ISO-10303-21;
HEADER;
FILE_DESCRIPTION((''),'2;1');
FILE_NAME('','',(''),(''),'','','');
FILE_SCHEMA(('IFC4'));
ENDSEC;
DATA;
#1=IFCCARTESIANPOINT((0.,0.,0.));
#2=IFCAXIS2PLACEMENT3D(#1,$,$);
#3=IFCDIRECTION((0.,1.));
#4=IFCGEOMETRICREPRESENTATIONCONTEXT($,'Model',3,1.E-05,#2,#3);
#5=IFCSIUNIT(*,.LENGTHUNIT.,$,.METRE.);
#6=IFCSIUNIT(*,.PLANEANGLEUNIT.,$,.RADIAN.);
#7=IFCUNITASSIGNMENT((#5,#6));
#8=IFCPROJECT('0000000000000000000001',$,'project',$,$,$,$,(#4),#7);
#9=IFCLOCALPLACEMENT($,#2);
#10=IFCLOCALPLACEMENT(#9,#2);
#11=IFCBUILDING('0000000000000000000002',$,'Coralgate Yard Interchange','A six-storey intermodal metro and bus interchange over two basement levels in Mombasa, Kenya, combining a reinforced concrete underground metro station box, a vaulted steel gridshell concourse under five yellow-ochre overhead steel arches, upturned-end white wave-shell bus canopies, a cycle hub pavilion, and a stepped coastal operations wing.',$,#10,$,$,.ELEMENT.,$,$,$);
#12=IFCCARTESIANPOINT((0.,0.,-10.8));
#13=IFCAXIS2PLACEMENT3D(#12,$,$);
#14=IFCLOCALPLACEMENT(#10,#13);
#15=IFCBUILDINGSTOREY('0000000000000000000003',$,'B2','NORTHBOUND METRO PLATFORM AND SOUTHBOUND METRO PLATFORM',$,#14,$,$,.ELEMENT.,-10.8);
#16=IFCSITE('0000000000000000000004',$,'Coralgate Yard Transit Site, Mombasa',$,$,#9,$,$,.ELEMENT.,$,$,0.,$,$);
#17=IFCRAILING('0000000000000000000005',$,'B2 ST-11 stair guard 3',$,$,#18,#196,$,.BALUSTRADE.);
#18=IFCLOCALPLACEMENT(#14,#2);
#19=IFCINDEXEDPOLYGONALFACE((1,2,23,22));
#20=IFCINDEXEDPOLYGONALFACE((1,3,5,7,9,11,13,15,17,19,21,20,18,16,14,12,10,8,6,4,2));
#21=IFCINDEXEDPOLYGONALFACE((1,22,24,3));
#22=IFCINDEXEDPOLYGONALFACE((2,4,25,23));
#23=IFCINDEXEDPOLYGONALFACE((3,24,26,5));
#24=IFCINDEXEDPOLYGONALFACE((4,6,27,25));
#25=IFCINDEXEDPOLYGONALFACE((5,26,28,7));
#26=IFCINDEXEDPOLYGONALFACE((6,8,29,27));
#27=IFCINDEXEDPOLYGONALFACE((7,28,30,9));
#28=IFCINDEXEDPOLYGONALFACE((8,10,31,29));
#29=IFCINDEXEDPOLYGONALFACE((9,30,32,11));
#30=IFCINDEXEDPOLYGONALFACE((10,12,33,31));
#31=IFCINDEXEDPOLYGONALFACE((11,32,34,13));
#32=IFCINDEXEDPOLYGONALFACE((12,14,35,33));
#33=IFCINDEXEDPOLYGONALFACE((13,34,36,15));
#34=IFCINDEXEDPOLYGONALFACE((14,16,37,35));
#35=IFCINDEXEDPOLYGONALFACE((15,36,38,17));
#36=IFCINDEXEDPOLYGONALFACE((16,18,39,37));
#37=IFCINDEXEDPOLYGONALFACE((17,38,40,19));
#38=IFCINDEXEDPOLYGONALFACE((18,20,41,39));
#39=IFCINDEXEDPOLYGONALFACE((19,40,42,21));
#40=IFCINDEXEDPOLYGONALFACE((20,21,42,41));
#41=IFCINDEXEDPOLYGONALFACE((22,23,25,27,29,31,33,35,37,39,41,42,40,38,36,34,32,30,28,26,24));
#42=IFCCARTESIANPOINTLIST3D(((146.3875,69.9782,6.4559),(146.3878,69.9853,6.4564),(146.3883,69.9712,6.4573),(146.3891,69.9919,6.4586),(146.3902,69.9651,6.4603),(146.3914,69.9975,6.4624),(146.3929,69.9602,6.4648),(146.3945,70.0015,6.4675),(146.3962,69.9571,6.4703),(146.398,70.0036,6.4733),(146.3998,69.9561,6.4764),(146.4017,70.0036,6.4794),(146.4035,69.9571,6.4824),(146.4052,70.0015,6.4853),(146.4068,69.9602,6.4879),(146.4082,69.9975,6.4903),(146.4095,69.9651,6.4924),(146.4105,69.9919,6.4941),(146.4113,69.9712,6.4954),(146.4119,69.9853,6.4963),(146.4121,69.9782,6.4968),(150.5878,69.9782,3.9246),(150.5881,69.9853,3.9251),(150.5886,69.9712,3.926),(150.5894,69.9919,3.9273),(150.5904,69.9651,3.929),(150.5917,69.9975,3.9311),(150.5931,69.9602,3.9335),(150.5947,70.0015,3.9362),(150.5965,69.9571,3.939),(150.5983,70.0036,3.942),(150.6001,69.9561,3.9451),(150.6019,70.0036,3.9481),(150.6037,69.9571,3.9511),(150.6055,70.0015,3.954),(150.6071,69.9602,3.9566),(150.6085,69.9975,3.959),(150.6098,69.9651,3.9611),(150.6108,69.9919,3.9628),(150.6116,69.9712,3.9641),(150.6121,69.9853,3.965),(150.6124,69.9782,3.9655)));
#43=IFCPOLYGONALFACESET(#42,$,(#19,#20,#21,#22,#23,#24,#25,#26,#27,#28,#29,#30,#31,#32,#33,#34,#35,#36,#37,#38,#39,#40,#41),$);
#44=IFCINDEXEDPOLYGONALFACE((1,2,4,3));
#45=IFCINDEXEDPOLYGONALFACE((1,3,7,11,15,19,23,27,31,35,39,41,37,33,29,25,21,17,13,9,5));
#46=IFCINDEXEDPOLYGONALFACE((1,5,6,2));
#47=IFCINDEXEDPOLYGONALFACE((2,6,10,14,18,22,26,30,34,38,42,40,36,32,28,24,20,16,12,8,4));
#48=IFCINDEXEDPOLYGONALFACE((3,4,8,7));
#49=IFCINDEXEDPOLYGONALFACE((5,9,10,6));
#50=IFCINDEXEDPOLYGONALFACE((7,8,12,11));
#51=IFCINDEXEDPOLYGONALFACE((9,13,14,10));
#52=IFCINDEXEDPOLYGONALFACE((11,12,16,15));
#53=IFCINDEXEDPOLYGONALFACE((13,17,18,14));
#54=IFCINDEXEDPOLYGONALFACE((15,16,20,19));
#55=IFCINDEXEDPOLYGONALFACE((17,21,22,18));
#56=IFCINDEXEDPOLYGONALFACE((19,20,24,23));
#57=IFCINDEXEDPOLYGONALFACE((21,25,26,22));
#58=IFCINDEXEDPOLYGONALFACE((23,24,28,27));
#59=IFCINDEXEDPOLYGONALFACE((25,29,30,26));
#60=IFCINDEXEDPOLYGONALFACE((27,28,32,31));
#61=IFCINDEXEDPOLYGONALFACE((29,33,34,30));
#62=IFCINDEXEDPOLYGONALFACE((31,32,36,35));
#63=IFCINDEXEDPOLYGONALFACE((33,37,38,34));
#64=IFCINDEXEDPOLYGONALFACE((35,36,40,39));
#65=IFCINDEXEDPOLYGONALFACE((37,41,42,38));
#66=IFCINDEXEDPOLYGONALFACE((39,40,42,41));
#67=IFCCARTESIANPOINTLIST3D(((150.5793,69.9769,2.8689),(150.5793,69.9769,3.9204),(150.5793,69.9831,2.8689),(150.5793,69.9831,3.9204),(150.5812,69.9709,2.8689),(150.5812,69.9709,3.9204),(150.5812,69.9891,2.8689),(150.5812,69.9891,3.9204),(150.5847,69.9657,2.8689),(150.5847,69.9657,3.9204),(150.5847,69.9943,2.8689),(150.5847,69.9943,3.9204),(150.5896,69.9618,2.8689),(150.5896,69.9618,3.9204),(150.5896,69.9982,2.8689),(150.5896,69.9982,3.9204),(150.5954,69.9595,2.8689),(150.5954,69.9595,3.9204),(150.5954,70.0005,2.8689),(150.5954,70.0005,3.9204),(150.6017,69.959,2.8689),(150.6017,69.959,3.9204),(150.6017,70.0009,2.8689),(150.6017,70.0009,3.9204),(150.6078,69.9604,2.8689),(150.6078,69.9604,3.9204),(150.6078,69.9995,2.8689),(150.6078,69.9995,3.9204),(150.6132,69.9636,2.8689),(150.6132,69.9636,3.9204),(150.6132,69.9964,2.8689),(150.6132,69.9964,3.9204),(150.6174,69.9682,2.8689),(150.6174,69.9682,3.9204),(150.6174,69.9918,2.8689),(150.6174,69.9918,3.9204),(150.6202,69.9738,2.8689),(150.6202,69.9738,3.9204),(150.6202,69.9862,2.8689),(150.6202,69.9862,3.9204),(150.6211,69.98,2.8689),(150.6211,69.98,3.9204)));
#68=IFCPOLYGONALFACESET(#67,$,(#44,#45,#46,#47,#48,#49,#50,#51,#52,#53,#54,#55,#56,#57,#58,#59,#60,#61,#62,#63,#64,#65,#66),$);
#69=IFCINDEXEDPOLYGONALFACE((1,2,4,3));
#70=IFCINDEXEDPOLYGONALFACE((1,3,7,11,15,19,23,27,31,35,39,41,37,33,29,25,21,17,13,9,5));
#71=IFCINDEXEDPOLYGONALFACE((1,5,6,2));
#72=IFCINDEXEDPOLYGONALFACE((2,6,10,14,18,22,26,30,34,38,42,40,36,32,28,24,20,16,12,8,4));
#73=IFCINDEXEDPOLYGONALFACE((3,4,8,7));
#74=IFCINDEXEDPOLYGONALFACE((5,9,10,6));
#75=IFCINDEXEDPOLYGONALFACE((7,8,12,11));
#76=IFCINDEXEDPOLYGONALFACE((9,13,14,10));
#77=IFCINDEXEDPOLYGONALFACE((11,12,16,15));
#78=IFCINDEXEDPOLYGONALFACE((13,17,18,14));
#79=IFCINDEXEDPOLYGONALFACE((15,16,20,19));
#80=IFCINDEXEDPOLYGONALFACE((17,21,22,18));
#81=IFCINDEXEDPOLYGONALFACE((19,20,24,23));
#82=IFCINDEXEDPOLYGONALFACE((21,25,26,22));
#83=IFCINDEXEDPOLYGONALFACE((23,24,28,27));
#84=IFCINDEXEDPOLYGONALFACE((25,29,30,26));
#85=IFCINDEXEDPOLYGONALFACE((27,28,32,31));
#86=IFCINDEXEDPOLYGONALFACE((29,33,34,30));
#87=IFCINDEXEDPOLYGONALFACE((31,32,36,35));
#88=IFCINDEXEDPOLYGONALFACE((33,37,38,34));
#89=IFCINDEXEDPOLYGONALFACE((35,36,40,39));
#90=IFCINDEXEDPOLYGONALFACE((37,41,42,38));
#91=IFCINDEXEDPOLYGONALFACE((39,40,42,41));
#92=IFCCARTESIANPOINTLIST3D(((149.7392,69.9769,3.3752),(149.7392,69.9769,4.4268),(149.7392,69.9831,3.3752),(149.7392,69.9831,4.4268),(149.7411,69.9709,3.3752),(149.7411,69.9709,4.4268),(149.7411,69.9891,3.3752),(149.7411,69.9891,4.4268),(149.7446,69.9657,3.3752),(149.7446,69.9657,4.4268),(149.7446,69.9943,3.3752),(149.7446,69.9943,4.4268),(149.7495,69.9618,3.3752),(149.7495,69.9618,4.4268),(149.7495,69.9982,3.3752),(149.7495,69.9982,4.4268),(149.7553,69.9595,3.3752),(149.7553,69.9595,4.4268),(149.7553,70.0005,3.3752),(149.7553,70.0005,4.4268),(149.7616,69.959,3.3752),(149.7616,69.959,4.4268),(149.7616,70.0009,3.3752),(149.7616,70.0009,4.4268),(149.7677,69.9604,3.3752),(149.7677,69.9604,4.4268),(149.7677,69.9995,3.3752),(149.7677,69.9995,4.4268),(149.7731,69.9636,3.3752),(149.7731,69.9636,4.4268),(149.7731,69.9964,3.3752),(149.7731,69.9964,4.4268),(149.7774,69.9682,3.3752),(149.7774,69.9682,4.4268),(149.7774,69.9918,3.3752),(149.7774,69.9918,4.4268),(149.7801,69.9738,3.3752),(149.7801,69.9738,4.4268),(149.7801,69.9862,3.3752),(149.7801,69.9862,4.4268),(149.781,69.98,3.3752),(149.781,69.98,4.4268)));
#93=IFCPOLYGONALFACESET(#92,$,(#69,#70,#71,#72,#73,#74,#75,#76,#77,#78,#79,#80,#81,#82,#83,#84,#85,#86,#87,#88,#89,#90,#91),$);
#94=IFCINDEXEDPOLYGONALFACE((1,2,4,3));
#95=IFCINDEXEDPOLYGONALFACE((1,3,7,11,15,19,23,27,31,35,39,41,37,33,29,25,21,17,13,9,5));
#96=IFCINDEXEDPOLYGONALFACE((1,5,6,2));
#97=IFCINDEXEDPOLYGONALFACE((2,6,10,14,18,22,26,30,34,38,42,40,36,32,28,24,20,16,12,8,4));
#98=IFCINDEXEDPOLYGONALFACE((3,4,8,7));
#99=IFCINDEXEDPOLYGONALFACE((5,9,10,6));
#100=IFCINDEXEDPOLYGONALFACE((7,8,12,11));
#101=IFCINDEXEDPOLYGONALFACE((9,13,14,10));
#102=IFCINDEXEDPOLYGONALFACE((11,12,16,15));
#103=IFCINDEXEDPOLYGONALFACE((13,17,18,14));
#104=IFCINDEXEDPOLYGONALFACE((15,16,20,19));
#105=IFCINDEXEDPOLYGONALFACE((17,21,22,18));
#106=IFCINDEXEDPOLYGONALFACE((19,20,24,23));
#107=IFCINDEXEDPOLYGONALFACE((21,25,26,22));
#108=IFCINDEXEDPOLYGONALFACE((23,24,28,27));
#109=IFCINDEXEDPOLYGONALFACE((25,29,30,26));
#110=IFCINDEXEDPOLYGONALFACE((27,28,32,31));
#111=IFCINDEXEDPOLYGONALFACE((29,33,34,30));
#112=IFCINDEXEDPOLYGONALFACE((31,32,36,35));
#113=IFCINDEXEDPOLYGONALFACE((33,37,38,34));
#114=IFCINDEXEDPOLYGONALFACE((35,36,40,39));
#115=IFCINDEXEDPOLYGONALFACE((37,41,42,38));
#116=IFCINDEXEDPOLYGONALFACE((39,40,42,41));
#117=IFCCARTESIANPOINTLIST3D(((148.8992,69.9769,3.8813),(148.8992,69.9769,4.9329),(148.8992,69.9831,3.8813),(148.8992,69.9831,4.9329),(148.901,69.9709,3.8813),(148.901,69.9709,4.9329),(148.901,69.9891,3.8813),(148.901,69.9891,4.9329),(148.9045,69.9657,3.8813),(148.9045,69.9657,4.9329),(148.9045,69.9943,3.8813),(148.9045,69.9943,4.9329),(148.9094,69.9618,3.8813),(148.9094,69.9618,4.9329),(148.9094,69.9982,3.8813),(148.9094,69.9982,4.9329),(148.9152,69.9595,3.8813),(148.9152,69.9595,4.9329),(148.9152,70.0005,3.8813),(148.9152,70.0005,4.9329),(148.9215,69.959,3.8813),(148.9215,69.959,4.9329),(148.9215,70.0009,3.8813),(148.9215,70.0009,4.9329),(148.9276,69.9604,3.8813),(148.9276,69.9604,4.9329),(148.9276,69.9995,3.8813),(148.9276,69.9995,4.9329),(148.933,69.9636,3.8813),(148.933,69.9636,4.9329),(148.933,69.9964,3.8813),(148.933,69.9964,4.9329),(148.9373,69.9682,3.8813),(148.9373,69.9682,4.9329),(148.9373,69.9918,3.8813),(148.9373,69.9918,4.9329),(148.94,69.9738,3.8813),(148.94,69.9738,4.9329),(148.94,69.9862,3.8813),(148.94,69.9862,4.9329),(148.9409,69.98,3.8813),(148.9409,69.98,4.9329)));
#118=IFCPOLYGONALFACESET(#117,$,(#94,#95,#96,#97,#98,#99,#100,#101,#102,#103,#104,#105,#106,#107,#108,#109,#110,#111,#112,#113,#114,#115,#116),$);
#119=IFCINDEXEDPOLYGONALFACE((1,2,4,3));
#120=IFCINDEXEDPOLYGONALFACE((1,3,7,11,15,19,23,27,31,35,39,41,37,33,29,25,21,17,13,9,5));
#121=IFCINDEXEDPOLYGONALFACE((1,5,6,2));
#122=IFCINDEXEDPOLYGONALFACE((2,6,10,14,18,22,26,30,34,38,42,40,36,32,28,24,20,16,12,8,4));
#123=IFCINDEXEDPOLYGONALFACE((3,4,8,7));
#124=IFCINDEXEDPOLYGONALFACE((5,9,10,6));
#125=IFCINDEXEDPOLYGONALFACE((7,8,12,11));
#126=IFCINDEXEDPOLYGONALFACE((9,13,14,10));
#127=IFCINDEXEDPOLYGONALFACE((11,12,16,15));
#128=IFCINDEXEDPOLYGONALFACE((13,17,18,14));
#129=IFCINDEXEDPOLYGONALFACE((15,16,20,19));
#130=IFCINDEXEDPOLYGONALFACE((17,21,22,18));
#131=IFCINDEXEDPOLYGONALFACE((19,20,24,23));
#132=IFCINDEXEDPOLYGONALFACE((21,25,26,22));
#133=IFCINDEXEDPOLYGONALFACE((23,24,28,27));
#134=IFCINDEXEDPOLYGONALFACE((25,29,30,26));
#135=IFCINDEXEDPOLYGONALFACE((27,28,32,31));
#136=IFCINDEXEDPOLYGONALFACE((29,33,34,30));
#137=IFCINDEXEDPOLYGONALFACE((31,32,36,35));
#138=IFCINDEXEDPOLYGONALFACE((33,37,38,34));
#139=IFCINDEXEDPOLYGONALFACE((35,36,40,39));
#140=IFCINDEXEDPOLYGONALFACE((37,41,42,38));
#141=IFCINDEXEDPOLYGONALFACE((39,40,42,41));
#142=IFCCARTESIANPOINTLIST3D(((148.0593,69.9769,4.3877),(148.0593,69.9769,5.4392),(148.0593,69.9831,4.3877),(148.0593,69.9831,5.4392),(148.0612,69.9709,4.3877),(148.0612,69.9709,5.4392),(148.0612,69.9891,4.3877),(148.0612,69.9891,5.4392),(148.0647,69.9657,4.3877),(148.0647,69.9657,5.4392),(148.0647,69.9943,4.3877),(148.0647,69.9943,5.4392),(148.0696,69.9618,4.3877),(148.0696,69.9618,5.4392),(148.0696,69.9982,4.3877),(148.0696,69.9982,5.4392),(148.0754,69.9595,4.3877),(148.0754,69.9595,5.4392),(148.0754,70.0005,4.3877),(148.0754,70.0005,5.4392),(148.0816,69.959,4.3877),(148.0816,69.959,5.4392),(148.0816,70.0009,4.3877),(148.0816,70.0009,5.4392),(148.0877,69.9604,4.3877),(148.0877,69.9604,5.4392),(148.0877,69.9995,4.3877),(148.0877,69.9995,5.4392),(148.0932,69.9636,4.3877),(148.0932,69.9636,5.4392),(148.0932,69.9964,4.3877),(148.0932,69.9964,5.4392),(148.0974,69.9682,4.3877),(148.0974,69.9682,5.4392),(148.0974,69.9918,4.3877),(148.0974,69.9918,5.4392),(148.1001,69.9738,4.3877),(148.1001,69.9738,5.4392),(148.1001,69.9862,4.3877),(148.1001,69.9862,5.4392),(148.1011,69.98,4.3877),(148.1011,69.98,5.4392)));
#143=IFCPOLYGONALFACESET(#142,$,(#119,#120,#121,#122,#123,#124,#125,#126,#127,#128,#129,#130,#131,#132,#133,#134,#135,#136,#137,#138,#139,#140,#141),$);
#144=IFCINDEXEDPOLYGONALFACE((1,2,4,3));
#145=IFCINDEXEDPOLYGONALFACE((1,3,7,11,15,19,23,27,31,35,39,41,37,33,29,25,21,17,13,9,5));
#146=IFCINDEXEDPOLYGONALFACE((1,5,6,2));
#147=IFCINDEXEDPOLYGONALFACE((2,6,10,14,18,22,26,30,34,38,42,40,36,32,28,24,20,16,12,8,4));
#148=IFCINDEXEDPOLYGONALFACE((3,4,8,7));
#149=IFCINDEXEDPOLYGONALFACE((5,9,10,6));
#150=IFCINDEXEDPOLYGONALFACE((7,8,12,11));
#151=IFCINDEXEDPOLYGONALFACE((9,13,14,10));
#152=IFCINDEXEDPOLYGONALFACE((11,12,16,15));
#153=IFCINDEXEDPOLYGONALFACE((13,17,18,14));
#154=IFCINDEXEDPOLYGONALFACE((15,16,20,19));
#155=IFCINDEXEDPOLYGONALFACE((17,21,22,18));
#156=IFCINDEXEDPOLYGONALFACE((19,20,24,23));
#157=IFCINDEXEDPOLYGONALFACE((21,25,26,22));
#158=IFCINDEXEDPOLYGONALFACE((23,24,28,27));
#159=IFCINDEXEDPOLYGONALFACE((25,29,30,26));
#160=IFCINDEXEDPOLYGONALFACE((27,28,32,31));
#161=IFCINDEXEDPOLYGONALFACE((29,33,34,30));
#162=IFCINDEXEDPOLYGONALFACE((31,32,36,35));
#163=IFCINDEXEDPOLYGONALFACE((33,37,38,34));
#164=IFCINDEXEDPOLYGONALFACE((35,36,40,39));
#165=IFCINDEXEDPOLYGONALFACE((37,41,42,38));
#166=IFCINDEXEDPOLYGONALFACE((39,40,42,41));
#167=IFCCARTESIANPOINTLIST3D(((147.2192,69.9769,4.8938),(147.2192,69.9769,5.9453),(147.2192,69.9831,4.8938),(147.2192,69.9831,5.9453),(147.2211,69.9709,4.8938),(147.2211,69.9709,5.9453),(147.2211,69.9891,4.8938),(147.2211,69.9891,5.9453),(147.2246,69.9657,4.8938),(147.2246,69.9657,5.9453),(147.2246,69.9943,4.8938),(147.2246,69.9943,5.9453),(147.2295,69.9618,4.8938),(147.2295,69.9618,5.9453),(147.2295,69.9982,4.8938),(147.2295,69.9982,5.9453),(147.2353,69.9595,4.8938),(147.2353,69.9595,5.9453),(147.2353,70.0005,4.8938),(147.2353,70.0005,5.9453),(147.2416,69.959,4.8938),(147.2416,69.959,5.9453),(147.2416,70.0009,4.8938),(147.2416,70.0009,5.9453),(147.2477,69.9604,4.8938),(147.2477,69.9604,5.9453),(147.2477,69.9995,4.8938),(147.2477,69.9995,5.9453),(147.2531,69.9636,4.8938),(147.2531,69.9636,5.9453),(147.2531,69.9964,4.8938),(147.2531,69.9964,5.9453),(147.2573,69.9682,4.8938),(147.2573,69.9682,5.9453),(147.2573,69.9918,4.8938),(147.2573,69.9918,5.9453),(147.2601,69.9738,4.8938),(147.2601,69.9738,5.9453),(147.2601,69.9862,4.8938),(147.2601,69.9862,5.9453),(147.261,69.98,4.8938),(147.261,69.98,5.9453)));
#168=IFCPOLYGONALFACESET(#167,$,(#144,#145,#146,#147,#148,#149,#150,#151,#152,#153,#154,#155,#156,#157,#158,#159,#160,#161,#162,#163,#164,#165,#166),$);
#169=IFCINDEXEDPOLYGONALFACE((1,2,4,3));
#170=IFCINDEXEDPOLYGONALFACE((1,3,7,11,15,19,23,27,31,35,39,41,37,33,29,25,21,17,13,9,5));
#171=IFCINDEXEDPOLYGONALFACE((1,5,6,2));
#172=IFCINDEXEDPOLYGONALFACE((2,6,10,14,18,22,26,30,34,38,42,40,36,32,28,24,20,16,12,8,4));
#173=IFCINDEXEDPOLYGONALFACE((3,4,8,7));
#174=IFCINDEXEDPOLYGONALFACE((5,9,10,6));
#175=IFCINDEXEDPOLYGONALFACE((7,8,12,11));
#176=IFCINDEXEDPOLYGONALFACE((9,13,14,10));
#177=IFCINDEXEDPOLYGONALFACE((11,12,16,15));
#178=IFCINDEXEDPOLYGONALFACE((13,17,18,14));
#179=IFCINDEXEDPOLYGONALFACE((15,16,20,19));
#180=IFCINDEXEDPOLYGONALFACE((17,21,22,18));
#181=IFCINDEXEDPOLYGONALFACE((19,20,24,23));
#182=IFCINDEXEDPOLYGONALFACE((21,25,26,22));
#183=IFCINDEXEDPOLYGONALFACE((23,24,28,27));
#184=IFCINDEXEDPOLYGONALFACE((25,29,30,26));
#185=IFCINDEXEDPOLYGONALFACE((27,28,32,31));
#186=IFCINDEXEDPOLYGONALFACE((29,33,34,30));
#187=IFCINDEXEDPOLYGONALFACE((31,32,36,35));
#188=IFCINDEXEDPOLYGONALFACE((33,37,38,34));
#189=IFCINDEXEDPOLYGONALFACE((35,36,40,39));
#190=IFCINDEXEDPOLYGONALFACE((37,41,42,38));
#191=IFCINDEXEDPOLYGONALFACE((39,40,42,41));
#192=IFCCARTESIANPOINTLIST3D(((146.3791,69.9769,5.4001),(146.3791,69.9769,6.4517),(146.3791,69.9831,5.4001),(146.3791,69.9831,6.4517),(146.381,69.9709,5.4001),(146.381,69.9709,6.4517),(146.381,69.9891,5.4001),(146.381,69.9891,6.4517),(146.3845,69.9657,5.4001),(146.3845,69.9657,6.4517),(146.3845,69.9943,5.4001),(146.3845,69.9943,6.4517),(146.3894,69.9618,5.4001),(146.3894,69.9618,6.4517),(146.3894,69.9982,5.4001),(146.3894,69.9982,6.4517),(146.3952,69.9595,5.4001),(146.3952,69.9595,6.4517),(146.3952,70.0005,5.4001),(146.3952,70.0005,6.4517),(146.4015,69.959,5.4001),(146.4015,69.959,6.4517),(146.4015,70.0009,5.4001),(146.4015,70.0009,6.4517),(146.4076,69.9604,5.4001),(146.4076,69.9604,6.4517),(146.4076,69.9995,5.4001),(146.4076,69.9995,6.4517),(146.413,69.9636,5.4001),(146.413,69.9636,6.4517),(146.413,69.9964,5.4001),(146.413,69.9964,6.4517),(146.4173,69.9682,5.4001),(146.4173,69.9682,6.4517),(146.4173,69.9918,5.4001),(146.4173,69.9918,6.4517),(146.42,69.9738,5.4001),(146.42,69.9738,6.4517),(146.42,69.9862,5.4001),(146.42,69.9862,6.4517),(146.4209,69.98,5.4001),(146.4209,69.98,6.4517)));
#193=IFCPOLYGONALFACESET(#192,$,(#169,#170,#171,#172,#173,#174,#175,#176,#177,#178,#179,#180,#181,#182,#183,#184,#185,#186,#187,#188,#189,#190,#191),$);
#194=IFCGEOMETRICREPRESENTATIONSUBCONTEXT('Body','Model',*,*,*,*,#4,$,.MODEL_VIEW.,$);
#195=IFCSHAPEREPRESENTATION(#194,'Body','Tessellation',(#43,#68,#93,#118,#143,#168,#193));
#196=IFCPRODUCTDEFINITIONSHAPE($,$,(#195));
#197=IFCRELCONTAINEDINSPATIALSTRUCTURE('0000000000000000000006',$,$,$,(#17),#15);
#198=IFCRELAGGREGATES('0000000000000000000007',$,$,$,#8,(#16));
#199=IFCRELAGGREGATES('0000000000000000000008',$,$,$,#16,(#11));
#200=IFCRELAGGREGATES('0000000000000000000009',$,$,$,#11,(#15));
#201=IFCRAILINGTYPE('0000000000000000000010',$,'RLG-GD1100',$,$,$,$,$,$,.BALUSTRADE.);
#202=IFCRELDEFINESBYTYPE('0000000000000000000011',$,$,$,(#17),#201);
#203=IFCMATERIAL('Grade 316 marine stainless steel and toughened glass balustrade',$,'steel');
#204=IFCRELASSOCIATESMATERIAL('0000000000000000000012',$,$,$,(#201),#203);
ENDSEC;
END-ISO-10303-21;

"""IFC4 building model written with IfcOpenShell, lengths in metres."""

from ifc_helpers import new_model, si_unit, direction, frame, origin, origin_2d, place, context, subcontext, project, spatial, circle, extrude, material, type_object, element, save


model = new_model("IFC4")

# Units and contexts
model_context = context("Model", 3, precision=1e-05, world=origin(), true_north=direction((0.0, 1.0)))
body_context = subcontext(model_context, "Body", "Model", "MODEL_VIEW")
ifc_project = project(units=[si_unit("LENGTHUNIT", "METRE"), si_unit("PLANEANGLEUNIT", "RADIAN")], contexts=[model_context])

# Site, building, storey
site_placement = place(None, origin())
site = spatial("IfcSite", under=ifc_project, at=site_placement, Name="Coralgate Yard Transit Site, Mombasa", CompositionType="ELEMENT", RefElevation=0.0)
building_placement = place(site_placement, origin())
building = spatial("IfcBuilding", under=site, at=building_placement, Name="Coralgate Yard Interchange", Description="A six-storey intermodal metro and bus interchange over two basement levels in Mombasa, Kenya, combining a reinforced concrete underground metro station box, a vaulted steel gridshell concourse under five yellow-ochre overhead steel arches, upturned-end white wave-shell bus canopies, a cycle hub pavilion, and a stepped coastal operations wing.", CompositionType="ELEMENT")
storey_placement = place(building_placement, frame((0.0, 0.0, -10.8)))
storey = spatial("IfcBuildingStorey", under=building, at=storey_placement, Name="B2", Description="NORTHBOUND METRO PLATFORM AND SOUTHBOUND METRO PLATFORM", CompositionType="ELEMENT", Elevation=-10.8)

# Railing
ifc_material_1 = material(Name="Grade 316 marine stainless steel and toughened glass balustrade", Category="steel")
railing_type_1 = type_object("IfcRailingType", Name="RLG-GD1100", PredefinedType="BALUSTRADE", material=ifc_material_1)
railing_1_placement = place(storey_placement, frame((150.6001, 69.98, 2.8689)))
element("IfcRailing", 1, at=railing_1_placement, inside=storey, type_object=railing_type_1, Name="B2 ST-11 stair guard 3", PredefinedType="BALUSTRADE", context=body_context, shape_type="SweptSolid", body=[
    extrude(circle(Radius=0.0239, at=origin_2d()), frame((0.0, 0.0, 1.0762), z_axis=(-0.85649, 0.0, 0.516164), x_axis=(0.0, -1.0, 0.0)), (0.0, 0.0, 1.0), 4.9041),
    extrude(circle(Radius=0.021, at=origin_2d()), origin(), (0.0, 0.0, 1.0), 1.0515),
    extrude(circle(Radius=0.021, at=origin_2d()), frame((-0.8401, 0.0, 0.5063)), (0.0, 0.0, 1.0), 1.0515),
    extrude(circle(Radius=0.021, at=origin_2d()), frame((-1.6802, 0.0, 1.0125)), (0.0, 0.0, 1.0), 1.0515),
    extrude(circle(Radius=0.021, at=origin_2d()), frame((-2.52, 0.0, 1.5188)), (0.0, 0.0, 1.0), 1.0515),
    extrude(circle(Radius=0.021, at=origin_2d()), frame((-3.3601, 0.0, 2.0249)), (0.0, 0.0, 1.0), 1.0515),
    extrude(circle(Radius=0.021, at=origin_2d()), frame((-4.2002, 0.0, 2.5312)), (0.0, 0.0, 1.0), 1.0515),
])

save(model, "model.ifc")
